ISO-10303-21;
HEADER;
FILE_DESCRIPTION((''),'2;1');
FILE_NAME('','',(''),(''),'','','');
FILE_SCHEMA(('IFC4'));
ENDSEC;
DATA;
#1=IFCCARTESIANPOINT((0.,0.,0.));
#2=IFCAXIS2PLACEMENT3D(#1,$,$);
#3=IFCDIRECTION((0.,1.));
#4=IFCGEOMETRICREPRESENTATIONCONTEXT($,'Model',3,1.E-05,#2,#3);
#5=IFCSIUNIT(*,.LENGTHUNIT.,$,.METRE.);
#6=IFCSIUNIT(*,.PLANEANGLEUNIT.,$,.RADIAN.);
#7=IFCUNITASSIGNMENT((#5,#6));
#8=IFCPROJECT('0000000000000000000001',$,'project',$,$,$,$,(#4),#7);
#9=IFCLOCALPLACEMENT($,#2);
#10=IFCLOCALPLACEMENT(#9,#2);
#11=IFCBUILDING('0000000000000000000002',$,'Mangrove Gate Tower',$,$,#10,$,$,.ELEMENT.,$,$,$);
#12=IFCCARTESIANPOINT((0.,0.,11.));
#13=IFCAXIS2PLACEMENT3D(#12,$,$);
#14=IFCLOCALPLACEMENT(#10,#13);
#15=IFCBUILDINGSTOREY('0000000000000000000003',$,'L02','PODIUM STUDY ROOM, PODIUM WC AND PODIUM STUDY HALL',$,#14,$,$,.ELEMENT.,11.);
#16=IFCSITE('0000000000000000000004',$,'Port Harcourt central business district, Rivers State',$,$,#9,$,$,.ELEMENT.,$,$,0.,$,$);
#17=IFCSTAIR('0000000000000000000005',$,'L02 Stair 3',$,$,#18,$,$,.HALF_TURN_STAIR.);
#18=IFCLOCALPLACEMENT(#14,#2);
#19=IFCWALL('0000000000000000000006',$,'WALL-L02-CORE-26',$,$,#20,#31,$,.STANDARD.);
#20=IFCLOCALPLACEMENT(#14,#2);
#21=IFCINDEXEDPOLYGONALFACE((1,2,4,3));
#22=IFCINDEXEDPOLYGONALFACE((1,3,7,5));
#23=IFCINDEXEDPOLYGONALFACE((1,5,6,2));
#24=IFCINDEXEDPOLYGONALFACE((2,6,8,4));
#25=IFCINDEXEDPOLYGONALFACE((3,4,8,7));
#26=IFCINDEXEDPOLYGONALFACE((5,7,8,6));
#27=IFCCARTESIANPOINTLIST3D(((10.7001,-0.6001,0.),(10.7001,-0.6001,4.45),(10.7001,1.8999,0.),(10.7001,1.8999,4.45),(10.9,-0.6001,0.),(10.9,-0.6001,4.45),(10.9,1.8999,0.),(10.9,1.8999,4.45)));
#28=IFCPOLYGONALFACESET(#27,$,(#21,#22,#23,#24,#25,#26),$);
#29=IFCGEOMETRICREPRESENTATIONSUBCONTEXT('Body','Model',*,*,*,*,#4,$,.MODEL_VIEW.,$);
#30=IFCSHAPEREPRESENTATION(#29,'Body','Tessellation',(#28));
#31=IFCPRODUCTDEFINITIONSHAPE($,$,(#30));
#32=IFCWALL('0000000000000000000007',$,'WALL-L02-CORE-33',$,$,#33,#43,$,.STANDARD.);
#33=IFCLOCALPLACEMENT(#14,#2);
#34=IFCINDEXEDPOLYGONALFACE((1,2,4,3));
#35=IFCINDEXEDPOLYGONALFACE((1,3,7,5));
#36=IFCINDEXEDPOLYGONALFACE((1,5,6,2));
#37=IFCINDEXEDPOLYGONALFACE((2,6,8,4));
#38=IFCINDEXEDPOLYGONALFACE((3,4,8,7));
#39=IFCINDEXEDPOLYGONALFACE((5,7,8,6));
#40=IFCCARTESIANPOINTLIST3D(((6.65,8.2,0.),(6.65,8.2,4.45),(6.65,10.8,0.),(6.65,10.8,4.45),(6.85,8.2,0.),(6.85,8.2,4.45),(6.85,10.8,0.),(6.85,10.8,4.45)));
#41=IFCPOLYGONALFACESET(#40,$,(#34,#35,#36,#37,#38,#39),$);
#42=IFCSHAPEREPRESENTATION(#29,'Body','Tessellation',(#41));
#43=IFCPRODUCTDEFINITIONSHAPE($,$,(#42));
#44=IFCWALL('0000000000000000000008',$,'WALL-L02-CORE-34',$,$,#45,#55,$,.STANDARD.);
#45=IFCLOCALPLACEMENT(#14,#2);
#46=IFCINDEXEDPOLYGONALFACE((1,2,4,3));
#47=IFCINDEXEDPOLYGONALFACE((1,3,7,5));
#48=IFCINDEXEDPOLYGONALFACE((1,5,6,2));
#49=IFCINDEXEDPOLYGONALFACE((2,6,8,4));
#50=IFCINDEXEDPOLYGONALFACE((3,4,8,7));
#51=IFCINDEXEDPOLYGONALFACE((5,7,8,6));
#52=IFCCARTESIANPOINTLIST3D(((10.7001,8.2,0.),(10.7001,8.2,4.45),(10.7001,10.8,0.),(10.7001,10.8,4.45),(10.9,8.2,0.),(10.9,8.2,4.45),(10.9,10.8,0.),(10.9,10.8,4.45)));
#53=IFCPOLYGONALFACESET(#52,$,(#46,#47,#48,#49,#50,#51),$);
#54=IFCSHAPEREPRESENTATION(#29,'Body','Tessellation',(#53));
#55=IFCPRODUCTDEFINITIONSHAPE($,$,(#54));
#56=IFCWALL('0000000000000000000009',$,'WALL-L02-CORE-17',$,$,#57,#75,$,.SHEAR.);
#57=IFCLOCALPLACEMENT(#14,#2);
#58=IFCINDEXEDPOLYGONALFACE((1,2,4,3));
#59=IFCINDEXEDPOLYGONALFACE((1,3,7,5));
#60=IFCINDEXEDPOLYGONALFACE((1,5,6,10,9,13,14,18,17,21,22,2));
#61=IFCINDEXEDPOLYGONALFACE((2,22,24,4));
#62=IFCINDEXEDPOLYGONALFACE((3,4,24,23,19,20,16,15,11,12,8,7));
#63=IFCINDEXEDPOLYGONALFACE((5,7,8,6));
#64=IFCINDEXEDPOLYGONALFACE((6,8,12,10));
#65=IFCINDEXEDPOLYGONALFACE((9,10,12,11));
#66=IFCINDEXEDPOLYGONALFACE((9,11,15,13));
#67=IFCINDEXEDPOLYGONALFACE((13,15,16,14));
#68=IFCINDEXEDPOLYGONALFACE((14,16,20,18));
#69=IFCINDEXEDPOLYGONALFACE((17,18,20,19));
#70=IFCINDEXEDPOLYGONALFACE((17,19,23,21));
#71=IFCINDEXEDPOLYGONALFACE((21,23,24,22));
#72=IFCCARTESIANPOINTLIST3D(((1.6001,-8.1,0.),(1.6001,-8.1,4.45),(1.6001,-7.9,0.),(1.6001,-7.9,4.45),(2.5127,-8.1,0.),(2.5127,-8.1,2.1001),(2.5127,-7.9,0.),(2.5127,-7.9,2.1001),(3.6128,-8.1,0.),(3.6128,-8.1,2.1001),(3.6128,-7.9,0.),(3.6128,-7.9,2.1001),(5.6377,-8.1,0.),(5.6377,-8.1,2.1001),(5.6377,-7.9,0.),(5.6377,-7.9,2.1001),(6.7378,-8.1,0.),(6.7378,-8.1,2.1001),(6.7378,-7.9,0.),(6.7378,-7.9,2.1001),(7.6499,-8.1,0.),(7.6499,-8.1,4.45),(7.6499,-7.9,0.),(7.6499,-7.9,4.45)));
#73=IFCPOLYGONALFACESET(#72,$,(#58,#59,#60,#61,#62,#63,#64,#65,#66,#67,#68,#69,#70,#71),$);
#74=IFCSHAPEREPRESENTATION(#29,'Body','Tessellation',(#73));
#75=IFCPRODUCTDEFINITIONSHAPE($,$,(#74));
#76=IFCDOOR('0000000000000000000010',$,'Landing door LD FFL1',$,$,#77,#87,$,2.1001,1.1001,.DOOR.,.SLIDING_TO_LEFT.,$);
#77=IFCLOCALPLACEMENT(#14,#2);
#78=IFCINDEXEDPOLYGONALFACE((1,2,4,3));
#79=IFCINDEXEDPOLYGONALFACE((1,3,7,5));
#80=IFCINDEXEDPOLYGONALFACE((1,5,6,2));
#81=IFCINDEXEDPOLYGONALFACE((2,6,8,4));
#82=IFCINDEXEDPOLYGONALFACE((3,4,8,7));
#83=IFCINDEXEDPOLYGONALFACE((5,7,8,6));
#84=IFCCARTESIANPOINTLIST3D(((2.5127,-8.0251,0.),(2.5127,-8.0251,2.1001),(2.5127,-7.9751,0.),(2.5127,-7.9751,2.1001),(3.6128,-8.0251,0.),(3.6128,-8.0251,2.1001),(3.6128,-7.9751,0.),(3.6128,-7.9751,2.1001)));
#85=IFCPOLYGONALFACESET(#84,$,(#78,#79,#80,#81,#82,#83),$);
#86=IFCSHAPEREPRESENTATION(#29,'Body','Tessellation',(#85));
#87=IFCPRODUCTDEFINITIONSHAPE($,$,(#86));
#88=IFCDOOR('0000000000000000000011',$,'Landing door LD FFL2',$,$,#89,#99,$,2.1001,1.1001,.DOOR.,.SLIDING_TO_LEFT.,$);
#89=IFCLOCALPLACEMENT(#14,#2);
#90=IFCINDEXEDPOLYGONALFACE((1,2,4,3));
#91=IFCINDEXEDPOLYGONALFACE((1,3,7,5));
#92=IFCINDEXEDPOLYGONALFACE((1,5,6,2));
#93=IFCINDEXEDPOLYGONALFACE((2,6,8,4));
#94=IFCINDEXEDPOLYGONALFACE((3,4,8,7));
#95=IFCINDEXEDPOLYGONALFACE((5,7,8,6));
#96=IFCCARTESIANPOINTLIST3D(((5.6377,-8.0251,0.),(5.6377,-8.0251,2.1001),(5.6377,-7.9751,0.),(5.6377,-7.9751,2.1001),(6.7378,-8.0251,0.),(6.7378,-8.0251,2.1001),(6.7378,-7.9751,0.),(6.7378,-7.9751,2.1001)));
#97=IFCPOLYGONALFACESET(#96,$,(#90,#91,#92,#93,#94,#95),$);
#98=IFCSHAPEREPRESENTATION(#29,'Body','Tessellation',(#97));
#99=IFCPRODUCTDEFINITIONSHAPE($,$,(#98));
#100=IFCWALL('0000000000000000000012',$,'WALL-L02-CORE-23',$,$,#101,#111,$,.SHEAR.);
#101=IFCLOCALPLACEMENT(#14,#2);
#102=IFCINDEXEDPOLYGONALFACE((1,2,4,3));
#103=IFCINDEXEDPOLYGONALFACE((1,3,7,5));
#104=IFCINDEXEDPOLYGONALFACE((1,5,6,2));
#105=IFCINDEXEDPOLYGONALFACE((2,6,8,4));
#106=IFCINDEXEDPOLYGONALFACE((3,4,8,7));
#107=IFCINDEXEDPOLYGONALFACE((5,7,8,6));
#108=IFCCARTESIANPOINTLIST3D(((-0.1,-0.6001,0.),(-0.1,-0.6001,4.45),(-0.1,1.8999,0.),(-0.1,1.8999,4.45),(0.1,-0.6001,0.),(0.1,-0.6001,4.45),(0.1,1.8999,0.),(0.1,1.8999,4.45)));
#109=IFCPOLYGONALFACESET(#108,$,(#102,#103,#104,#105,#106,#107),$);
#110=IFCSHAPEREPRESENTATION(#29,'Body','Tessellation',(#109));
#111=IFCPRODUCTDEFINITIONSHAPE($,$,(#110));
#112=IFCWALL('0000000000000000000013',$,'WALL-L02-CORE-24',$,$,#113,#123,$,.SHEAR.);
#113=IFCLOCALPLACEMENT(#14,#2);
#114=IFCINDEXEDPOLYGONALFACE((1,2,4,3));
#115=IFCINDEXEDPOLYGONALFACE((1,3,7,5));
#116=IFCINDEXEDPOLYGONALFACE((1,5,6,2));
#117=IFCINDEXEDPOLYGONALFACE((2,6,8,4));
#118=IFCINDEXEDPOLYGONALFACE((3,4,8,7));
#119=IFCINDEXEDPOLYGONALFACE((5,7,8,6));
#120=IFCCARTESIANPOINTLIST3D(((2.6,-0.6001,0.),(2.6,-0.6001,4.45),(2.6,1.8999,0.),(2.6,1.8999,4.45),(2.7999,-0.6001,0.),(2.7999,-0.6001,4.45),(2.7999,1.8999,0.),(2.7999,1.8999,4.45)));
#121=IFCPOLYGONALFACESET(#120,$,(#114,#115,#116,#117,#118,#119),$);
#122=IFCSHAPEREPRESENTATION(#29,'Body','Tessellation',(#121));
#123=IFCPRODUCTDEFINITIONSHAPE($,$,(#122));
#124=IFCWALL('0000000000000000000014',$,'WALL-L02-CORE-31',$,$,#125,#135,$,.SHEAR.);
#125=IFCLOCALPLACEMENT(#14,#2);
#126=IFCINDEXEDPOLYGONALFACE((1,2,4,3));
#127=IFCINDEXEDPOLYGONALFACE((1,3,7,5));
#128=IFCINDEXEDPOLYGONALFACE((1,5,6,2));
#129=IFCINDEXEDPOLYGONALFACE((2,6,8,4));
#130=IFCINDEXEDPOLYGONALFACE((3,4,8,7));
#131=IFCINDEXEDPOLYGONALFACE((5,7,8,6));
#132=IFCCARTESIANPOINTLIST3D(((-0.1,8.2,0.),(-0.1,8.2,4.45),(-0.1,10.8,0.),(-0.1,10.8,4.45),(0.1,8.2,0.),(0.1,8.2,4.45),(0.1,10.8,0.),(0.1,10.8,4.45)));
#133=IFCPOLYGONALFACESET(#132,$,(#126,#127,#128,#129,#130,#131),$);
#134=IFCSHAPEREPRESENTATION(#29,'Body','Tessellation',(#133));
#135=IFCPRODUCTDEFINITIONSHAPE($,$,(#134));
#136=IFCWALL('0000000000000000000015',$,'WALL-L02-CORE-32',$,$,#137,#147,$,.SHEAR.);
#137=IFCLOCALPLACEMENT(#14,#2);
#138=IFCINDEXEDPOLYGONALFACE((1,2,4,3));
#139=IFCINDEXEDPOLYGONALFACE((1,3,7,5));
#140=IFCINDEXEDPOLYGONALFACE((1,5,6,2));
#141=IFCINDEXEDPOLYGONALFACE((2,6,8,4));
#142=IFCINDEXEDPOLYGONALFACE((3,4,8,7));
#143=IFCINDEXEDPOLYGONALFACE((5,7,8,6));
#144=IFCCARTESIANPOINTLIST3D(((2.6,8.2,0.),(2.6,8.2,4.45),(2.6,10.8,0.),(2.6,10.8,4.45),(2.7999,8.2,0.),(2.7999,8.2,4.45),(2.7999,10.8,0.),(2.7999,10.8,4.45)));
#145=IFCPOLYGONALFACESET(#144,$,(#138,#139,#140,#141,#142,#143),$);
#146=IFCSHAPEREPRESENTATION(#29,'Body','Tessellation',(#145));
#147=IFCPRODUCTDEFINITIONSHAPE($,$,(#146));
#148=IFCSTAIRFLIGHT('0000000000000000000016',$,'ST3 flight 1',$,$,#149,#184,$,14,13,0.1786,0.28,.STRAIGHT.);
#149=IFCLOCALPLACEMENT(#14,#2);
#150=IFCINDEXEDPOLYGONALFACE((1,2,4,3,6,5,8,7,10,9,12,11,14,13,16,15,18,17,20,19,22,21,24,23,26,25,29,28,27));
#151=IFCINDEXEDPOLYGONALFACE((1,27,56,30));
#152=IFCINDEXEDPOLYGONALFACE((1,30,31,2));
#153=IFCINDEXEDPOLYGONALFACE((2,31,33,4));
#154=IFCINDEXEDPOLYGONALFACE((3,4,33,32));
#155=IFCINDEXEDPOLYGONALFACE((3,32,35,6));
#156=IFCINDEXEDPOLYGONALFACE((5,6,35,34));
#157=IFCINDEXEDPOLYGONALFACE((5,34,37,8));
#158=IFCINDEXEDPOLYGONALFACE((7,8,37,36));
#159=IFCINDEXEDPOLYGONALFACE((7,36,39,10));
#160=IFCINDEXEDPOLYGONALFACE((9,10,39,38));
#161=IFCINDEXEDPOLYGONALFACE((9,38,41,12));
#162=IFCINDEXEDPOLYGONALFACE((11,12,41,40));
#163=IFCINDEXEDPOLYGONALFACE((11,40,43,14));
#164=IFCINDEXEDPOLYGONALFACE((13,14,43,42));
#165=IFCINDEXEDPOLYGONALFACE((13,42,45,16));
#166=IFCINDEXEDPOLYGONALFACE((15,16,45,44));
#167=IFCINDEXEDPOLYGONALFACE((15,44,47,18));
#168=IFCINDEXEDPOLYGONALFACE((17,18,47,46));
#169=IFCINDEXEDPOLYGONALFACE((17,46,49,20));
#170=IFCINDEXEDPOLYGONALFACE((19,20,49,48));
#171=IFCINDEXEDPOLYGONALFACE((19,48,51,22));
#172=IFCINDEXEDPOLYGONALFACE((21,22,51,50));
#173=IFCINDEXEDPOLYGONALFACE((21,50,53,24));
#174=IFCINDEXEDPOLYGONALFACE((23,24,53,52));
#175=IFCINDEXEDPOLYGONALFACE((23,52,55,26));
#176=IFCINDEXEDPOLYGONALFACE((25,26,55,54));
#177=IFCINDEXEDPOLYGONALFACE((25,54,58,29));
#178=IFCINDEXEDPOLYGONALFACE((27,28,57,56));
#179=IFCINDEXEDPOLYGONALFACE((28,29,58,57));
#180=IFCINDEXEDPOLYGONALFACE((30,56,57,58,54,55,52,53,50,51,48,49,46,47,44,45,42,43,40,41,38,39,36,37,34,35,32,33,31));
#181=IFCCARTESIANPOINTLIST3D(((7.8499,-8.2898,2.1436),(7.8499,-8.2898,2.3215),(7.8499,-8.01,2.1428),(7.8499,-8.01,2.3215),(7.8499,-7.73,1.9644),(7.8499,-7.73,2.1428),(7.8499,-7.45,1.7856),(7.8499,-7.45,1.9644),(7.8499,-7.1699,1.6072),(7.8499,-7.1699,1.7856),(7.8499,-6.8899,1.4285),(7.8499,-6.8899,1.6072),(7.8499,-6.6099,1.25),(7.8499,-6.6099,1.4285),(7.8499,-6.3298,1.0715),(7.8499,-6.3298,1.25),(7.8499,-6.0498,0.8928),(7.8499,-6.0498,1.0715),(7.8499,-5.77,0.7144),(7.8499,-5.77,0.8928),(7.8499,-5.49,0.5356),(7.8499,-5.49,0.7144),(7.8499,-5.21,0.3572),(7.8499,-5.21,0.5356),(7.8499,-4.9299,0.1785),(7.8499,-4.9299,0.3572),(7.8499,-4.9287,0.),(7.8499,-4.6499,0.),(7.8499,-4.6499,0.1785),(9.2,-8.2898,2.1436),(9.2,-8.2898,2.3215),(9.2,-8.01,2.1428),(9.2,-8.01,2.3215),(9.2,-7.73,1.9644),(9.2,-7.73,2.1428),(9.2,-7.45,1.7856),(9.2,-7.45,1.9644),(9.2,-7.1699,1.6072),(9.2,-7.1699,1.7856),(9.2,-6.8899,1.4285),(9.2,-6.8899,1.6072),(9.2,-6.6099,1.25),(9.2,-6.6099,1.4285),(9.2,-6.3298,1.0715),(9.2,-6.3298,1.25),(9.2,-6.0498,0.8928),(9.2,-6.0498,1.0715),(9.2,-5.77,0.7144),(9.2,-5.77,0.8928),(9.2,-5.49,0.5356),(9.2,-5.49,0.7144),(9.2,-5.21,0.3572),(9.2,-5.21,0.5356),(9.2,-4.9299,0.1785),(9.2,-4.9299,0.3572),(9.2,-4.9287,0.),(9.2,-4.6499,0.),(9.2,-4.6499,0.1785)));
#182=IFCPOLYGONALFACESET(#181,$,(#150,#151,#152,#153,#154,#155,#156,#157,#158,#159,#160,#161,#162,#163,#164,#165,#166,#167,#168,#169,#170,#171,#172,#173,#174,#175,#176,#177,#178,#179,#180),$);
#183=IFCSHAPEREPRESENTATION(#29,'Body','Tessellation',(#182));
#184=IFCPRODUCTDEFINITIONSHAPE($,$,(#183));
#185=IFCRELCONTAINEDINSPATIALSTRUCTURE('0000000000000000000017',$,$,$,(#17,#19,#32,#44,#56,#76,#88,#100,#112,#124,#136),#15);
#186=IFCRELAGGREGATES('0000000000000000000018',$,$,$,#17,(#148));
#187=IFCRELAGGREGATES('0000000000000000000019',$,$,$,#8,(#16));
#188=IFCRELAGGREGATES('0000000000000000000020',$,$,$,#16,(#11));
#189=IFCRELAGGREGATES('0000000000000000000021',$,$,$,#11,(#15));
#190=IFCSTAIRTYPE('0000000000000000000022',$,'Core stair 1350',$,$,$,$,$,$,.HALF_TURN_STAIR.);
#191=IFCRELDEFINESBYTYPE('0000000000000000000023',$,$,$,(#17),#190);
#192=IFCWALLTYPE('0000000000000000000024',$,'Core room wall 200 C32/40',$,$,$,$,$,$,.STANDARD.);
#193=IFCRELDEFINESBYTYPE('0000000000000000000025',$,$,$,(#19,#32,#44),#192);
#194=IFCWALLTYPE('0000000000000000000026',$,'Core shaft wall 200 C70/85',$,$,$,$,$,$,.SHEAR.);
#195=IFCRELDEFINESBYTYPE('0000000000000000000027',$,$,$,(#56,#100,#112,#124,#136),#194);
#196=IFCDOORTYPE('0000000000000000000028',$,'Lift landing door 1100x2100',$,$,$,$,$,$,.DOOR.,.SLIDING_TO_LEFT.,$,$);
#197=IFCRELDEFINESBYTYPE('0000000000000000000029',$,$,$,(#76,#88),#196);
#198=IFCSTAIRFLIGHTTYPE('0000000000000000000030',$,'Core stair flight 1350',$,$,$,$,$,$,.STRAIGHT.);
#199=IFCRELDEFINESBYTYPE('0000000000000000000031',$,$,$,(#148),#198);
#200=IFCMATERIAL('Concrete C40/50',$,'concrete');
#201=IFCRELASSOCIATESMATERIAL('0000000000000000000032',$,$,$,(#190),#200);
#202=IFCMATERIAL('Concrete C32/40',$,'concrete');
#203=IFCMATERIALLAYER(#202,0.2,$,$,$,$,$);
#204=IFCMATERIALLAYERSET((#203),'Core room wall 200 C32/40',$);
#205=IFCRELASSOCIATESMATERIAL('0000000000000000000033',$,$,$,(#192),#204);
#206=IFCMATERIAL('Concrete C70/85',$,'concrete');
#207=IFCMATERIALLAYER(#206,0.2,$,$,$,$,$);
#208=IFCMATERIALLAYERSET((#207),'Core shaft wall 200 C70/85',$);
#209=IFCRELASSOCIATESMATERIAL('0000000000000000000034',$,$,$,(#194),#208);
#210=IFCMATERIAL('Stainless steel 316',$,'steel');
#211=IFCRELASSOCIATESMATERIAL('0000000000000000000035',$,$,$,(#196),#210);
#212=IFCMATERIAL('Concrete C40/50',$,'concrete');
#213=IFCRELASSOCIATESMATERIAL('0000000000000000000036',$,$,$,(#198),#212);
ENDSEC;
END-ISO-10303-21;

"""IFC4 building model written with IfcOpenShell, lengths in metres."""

from ifc_helpers import new_model, si_unit, direction, frame, frame_2d, origin, place, context, subcontext, project, spatial, polyline, rectangle, outline, extrude, material, layer, layer_set, type_object, element, fill, aggregate, save


model = new_model("IFC4")

# Units and contexts
model_context = context("Model", 3, precision=1e-05, world=origin(), true_north=direction((0.0, 1.0)))
body_context = subcontext(model_context, "Body", "Model", "MODEL_VIEW")
ifc_project = project(units=[si_unit("LENGTHUNIT", "METRE"), si_unit("PLANEANGLEUNIT", "RADIAN")], contexts=[model_context])

# Site, building, storey
site_placement = place(None, origin())
site = spatial("IfcSite", under=ifc_project, at=site_placement, Name="Port Harcourt central business district, Rivers State", CompositionType="ELEMENT", RefElevation=0.0)
building_placement = place(site_placement, origin())
building = spatial("IfcBuilding", under=site, at=building_placement, Name="Mangrove Gate Tower", CompositionType="ELEMENT")
storey_placement = place(building_placement, frame((0.0, 0.0, 11.0)))
storey = spatial("IfcBuildingStorey", under=building, at=storey_placement, Name="L02", Description="PODIUM STUDY ROOM, PODIUM WC AND PODIUM STUDY HALL", CompositionType="ELEMENT", Elevation=11.0)

# Stair
ifc_material_1 = material(Name="Concrete C40/50", Category="concrete")
stair_type = type_object("IfcStairType", Name="Core stair 1350", PredefinedType="HALF_TURN_STAIR", material=ifc_material_1)
stair_1_placement = place(storey_placement, origin())
stair_1 = element("IfcStair", 1, at=stair_1_placement, inside=storey, type_object=stair_type, Name="L02 Stair 3", PredefinedType="HALF_TURN_STAIR")

# Walls
ifc_material_2 = material(Name="Concrete C32/40", Category="concrete")
ifc_layer_1 = layer(ifc_material_2, 0.2)
ifc_layer_set_1 = layer_set([ifc_layer_1], Name="Core room wall 200 C32/40")
wall_type_1 = type_object("IfcWallType", Name="Core room wall 200 C32/40", PredefinedType="STANDARD", material=ifc_layer_set_1)
for number, where, z_axis, x_axis, name in (
    (2, (10.8, -0.6001, 0.0), (0.0, 0.0, 1.0), (0.0, 1.0, 0.0), "WALL-L02-CORE-26"),
):
    element("IfcWall", number, at=place(storey_placement, frame(where, z_axis=z_axis, x_axis=x_axis)), inside=storey, type_object=wall_type_1, Name=name, PredefinedType="STANDARD", context=body_context, shape_type="SweptSolid", body=[
        extrude(rectangle(XDim=2.5, YDim=0.2, at=frame_2d((1.25, 0.0))), origin(), (0.0, 0.0, 1.0), 4.45),
    ])
for number, where, z_axis, x_axis, name in (
    (3, (6.75, 8.2, 0.0), (0.0, 0.0, 1.0), (0.0, 1.0, 0.0), "WALL-L02-CORE-33"),
    (4, (10.8, 8.2, 0.0), (0.0, 0.0, 1.0), (0.0, 1.0, 0.0), "WALL-L02-CORE-34"),
):
    element("IfcWall", number, at=place(storey_placement, frame(where, z_axis=z_axis, x_axis=x_axis)), inside=storey, type_object=wall_type_1, Name=name, PredefinedType="STANDARD", context=body_context, shape_type="SweptSolid", body=[
        extrude(rectangle(XDim=2.6001, YDim=0.2, at=frame_2d((1.3, 0.0))), origin(), (0.0, 0.0, 1.0), 4.45),
    ])

# Wall, openings, doors
ifc_material_3 = material(Name="Concrete C70/85", Category="concrete")
ifc_layer_2 = layer(ifc_material_3, 0.2)
ifc_layer_set_2 = layer_set([ifc_layer_2], Name="Core shaft wall 200 C70/85")
wall_type_2 = type_object("IfcWallType", Name="Core shaft wall 200 C70/85", PredefinedType="SHEAR", material=ifc_layer_set_2)
wall_1_placement = place(storey_placement, frame((1.6001, -8.0, 0.0), z_axis=(0.0, 0.0, 1.0), x_axis=(1.0, 0.0, 0.0)))
wall_1 = element("IfcWall", 5, at=wall_1_placement, inside=storey, type_object=wall_type_2, Name="WALL-L02-CORE-17", PredefinedType="SHEAR", context=body_context, shape_type="SweptSolid", body=[
    extrude(rectangle(XDim=6.0498, YDim=0.2, at=frame_2d((3.0249, 0.0))), origin(), (0.0, 0.0, 1.0), 4.45),
])
opening_1_placement = place(wall_1_placement, frame((0.9126, 0.0, 0.0)))
opening_1 = element("IfcOpeningElement", 6, at=opening_1_placement, cuts=wall_1, PredefinedType="OPENING", context=body_context, shape_type="SweptSolid", body=[
    extrude(rectangle(XDim=1.1001, YDim=2.1001, at=frame_2d((0.55, 1.05))), frame((0.0, 0.1099, 0.0), z_axis=(0.0, -1.0, 0.0), x_axis=(1.0, 0.0, 0.0)), (0.0, 0.0, 1.0), 0.22),
])
opening_2_placement = place(wall_1_placement, frame((4.0376, 0.0, 0.0)))
opening_2 = element("IfcOpeningElement", 7, at=opening_2_placement, cuts=wall_1, PredefinedType="OPENING", context=body_context, shape_type="SweptSolid", body=[
    extrude(rectangle(XDim=1.1001, YDim=2.1001, at=frame_2d((0.55, 1.05))), frame((0.0, 0.1099, 0.0), z_axis=(0.0, -1.0, 0.0), x_axis=(1.0, 0.0, 0.0)), (0.0, 0.0, 1.0), 0.22),
])
ifc_material_4 = material(Name="Stainless steel 316", Category="steel")
door_type_1 = type_object("IfcDoorType", Name="Lift landing door 1100x2100", OperationType="SLIDING_TO_LEFT", PredefinedType="DOOR", material=ifc_material_4)
door_1_placement = place(opening_1_placement, origin())
door_1 = element("IfcDoor", 8, at=door_1_placement, inside=storey, type_object=door_type_1, Name="Landing door LD FFL1", OperationType="SLIDING_TO_LEFT", OverallHeight=2.1001, OverallWidth=1.1001, PredefinedType="DOOR", context=body_context, shape_type="SweptSolid", body=[
    extrude(rectangle(XDim=1.1001, YDim=2.1001, at=frame_2d((0.55, 1.05))), frame((0.0, 0.0249, 0.0), z_axis=(0.0, -1.0, 0.0), x_axis=(1.0, 0.0, 0.0)), (0.0, 0.0, 1.0), 0.05),
])
fill(opening_1, door_1)
door_2_placement = place(opening_2_placement, origin())
door_2 = element("IfcDoor", 9, at=door_2_placement, inside=storey, type_object=door_type_1, Name="Landing door LD FFL2", OperationType="SLIDING_TO_LEFT", OverallHeight=2.1001, OverallWidth=1.1001, PredefinedType="DOOR", context=body_context, shape_type="SweptSolid", body=[
    extrude(rectangle(XDim=1.1001, YDim=2.1001, at=frame_2d((0.55, 1.05))), frame((0.0, 0.0249, 0.0), z_axis=(0.0, -1.0, 0.0), x_axis=(1.0, 0.0, 0.0)), (0.0, 0.0, 1.0), 0.05),
])
fill(opening_2, door_2)

# Walls
for number, where, z_axis, x_axis, name in (
    (10, (0.0, -0.6001, 0.0), (0.0, 0.0, 1.0), (0.0, 1.0, 0.0), "WALL-L02-CORE-23"),
    (11, (2.7, -0.6001, 0.0), (0.0, 0.0, 1.0), (0.0, 1.0, 0.0), "WALL-L02-CORE-24"),
):
    element("IfcWall", number, at=place(storey_placement, frame(where, z_axis=z_axis, x_axis=x_axis)), inside=storey, type_object=wall_type_2, Name=name, PredefinedType="SHEAR", context=body_context, shape_type="SweptSolid", body=[
        extrude(rectangle(XDim=2.5, YDim=0.2, at=frame_2d((1.25, 0.0))), origin(), (0.0, 0.0, 1.0), 4.45),
    ])
for number, where, z_axis, x_axis, name in (
    (12, (0.0, 8.2, 0.0), (0.0, 0.0, 1.0), (0.0, 1.0, 0.0), "WALL-L02-CORE-31"),
    (13, (2.7, 8.2, 0.0), (0.0, 0.0, 1.0), (0.0, 1.0, 0.0), "WALL-L02-CORE-32"),
):
    element("IfcWall", number, at=place(storey_placement, frame(where, z_axis=z_axis, x_axis=x_axis)), inside=storey, type_object=wall_type_2, Name=name, PredefinedType="SHEAR", context=body_context, shape_type="SweptSolid", body=[
        extrude(rectangle(XDim=2.6001, YDim=0.2, at=frame_2d((1.3, 0.0))), origin(), (0.0, 0.0, 1.0), 4.45),
    ])

# Stair flight
ifc_material_5 = material(Name="Concrete C40/50", Category="concrete")
stair_flight_type = type_object("IfcStairFlightType", Name="Core stair flight 1350", PredefinedType="STRAIGHT", material=ifc_material_5)
stair_flight_placement = place(storey_placement, frame((8.5249, -4.6499, 0.0), z_axis=(0.0, 0.0, 1.0), x_axis=(0.0, -1.0, 0.0)))
stair_flight = element("IfcStairFlight", 14, at=stair_flight_placement, type_object=stair_flight_type, Name="ST3 flight 1", NumberOfRisers=14, NumberOfTreads=13, PredefinedType="STRAIGHT", RiserHeight=0.1786, TreadLength=0.28, context=body_context, shape_type="SweptSolid", body=[
    extrude(outline(polyline([(0.0, 0.0), (0.0, 0.1785), (0.28, 0.1785), (0.28, 0.3572), (0.5601, 0.3572), (0.5601, 0.5356), (0.8401, 0.5356), (0.8401, 0.7144), (1.1201, 0.7144), (1.1201, 0.8928), (1.3999, 0.8928), (1.3999, 1.0715), (1.6799, 1.0715), (1.6799, 1.25), (1.96, 1.25), (1.96, 1.4285), (2.24, 1.4285), (2.24, 1.6072), (2.52, 1.6072), (2.52, 1.7856), (2.8, 1.7856), (2.8, 1.9644), (3.0801, 1.9644), (3.0801, 2.1428), (3.3601, 2.1428), (3.3601, 2.3215), (3.6399, 2.3215), (3.6399, 2.5), (3.6399, 2.1436), (0.2788, 0.0), (0.0, 0.0)])), frame((0.0, 0.675, 0.0), z_axis=(0.0, -1.0, 0.0), x_axis=(1.0, 0.0, 0.0)), (0.0, 0.0, 1.0), 1.3501),
])
aggregate(stair_1, [stair_flight])

save(model, "model.ifc")
